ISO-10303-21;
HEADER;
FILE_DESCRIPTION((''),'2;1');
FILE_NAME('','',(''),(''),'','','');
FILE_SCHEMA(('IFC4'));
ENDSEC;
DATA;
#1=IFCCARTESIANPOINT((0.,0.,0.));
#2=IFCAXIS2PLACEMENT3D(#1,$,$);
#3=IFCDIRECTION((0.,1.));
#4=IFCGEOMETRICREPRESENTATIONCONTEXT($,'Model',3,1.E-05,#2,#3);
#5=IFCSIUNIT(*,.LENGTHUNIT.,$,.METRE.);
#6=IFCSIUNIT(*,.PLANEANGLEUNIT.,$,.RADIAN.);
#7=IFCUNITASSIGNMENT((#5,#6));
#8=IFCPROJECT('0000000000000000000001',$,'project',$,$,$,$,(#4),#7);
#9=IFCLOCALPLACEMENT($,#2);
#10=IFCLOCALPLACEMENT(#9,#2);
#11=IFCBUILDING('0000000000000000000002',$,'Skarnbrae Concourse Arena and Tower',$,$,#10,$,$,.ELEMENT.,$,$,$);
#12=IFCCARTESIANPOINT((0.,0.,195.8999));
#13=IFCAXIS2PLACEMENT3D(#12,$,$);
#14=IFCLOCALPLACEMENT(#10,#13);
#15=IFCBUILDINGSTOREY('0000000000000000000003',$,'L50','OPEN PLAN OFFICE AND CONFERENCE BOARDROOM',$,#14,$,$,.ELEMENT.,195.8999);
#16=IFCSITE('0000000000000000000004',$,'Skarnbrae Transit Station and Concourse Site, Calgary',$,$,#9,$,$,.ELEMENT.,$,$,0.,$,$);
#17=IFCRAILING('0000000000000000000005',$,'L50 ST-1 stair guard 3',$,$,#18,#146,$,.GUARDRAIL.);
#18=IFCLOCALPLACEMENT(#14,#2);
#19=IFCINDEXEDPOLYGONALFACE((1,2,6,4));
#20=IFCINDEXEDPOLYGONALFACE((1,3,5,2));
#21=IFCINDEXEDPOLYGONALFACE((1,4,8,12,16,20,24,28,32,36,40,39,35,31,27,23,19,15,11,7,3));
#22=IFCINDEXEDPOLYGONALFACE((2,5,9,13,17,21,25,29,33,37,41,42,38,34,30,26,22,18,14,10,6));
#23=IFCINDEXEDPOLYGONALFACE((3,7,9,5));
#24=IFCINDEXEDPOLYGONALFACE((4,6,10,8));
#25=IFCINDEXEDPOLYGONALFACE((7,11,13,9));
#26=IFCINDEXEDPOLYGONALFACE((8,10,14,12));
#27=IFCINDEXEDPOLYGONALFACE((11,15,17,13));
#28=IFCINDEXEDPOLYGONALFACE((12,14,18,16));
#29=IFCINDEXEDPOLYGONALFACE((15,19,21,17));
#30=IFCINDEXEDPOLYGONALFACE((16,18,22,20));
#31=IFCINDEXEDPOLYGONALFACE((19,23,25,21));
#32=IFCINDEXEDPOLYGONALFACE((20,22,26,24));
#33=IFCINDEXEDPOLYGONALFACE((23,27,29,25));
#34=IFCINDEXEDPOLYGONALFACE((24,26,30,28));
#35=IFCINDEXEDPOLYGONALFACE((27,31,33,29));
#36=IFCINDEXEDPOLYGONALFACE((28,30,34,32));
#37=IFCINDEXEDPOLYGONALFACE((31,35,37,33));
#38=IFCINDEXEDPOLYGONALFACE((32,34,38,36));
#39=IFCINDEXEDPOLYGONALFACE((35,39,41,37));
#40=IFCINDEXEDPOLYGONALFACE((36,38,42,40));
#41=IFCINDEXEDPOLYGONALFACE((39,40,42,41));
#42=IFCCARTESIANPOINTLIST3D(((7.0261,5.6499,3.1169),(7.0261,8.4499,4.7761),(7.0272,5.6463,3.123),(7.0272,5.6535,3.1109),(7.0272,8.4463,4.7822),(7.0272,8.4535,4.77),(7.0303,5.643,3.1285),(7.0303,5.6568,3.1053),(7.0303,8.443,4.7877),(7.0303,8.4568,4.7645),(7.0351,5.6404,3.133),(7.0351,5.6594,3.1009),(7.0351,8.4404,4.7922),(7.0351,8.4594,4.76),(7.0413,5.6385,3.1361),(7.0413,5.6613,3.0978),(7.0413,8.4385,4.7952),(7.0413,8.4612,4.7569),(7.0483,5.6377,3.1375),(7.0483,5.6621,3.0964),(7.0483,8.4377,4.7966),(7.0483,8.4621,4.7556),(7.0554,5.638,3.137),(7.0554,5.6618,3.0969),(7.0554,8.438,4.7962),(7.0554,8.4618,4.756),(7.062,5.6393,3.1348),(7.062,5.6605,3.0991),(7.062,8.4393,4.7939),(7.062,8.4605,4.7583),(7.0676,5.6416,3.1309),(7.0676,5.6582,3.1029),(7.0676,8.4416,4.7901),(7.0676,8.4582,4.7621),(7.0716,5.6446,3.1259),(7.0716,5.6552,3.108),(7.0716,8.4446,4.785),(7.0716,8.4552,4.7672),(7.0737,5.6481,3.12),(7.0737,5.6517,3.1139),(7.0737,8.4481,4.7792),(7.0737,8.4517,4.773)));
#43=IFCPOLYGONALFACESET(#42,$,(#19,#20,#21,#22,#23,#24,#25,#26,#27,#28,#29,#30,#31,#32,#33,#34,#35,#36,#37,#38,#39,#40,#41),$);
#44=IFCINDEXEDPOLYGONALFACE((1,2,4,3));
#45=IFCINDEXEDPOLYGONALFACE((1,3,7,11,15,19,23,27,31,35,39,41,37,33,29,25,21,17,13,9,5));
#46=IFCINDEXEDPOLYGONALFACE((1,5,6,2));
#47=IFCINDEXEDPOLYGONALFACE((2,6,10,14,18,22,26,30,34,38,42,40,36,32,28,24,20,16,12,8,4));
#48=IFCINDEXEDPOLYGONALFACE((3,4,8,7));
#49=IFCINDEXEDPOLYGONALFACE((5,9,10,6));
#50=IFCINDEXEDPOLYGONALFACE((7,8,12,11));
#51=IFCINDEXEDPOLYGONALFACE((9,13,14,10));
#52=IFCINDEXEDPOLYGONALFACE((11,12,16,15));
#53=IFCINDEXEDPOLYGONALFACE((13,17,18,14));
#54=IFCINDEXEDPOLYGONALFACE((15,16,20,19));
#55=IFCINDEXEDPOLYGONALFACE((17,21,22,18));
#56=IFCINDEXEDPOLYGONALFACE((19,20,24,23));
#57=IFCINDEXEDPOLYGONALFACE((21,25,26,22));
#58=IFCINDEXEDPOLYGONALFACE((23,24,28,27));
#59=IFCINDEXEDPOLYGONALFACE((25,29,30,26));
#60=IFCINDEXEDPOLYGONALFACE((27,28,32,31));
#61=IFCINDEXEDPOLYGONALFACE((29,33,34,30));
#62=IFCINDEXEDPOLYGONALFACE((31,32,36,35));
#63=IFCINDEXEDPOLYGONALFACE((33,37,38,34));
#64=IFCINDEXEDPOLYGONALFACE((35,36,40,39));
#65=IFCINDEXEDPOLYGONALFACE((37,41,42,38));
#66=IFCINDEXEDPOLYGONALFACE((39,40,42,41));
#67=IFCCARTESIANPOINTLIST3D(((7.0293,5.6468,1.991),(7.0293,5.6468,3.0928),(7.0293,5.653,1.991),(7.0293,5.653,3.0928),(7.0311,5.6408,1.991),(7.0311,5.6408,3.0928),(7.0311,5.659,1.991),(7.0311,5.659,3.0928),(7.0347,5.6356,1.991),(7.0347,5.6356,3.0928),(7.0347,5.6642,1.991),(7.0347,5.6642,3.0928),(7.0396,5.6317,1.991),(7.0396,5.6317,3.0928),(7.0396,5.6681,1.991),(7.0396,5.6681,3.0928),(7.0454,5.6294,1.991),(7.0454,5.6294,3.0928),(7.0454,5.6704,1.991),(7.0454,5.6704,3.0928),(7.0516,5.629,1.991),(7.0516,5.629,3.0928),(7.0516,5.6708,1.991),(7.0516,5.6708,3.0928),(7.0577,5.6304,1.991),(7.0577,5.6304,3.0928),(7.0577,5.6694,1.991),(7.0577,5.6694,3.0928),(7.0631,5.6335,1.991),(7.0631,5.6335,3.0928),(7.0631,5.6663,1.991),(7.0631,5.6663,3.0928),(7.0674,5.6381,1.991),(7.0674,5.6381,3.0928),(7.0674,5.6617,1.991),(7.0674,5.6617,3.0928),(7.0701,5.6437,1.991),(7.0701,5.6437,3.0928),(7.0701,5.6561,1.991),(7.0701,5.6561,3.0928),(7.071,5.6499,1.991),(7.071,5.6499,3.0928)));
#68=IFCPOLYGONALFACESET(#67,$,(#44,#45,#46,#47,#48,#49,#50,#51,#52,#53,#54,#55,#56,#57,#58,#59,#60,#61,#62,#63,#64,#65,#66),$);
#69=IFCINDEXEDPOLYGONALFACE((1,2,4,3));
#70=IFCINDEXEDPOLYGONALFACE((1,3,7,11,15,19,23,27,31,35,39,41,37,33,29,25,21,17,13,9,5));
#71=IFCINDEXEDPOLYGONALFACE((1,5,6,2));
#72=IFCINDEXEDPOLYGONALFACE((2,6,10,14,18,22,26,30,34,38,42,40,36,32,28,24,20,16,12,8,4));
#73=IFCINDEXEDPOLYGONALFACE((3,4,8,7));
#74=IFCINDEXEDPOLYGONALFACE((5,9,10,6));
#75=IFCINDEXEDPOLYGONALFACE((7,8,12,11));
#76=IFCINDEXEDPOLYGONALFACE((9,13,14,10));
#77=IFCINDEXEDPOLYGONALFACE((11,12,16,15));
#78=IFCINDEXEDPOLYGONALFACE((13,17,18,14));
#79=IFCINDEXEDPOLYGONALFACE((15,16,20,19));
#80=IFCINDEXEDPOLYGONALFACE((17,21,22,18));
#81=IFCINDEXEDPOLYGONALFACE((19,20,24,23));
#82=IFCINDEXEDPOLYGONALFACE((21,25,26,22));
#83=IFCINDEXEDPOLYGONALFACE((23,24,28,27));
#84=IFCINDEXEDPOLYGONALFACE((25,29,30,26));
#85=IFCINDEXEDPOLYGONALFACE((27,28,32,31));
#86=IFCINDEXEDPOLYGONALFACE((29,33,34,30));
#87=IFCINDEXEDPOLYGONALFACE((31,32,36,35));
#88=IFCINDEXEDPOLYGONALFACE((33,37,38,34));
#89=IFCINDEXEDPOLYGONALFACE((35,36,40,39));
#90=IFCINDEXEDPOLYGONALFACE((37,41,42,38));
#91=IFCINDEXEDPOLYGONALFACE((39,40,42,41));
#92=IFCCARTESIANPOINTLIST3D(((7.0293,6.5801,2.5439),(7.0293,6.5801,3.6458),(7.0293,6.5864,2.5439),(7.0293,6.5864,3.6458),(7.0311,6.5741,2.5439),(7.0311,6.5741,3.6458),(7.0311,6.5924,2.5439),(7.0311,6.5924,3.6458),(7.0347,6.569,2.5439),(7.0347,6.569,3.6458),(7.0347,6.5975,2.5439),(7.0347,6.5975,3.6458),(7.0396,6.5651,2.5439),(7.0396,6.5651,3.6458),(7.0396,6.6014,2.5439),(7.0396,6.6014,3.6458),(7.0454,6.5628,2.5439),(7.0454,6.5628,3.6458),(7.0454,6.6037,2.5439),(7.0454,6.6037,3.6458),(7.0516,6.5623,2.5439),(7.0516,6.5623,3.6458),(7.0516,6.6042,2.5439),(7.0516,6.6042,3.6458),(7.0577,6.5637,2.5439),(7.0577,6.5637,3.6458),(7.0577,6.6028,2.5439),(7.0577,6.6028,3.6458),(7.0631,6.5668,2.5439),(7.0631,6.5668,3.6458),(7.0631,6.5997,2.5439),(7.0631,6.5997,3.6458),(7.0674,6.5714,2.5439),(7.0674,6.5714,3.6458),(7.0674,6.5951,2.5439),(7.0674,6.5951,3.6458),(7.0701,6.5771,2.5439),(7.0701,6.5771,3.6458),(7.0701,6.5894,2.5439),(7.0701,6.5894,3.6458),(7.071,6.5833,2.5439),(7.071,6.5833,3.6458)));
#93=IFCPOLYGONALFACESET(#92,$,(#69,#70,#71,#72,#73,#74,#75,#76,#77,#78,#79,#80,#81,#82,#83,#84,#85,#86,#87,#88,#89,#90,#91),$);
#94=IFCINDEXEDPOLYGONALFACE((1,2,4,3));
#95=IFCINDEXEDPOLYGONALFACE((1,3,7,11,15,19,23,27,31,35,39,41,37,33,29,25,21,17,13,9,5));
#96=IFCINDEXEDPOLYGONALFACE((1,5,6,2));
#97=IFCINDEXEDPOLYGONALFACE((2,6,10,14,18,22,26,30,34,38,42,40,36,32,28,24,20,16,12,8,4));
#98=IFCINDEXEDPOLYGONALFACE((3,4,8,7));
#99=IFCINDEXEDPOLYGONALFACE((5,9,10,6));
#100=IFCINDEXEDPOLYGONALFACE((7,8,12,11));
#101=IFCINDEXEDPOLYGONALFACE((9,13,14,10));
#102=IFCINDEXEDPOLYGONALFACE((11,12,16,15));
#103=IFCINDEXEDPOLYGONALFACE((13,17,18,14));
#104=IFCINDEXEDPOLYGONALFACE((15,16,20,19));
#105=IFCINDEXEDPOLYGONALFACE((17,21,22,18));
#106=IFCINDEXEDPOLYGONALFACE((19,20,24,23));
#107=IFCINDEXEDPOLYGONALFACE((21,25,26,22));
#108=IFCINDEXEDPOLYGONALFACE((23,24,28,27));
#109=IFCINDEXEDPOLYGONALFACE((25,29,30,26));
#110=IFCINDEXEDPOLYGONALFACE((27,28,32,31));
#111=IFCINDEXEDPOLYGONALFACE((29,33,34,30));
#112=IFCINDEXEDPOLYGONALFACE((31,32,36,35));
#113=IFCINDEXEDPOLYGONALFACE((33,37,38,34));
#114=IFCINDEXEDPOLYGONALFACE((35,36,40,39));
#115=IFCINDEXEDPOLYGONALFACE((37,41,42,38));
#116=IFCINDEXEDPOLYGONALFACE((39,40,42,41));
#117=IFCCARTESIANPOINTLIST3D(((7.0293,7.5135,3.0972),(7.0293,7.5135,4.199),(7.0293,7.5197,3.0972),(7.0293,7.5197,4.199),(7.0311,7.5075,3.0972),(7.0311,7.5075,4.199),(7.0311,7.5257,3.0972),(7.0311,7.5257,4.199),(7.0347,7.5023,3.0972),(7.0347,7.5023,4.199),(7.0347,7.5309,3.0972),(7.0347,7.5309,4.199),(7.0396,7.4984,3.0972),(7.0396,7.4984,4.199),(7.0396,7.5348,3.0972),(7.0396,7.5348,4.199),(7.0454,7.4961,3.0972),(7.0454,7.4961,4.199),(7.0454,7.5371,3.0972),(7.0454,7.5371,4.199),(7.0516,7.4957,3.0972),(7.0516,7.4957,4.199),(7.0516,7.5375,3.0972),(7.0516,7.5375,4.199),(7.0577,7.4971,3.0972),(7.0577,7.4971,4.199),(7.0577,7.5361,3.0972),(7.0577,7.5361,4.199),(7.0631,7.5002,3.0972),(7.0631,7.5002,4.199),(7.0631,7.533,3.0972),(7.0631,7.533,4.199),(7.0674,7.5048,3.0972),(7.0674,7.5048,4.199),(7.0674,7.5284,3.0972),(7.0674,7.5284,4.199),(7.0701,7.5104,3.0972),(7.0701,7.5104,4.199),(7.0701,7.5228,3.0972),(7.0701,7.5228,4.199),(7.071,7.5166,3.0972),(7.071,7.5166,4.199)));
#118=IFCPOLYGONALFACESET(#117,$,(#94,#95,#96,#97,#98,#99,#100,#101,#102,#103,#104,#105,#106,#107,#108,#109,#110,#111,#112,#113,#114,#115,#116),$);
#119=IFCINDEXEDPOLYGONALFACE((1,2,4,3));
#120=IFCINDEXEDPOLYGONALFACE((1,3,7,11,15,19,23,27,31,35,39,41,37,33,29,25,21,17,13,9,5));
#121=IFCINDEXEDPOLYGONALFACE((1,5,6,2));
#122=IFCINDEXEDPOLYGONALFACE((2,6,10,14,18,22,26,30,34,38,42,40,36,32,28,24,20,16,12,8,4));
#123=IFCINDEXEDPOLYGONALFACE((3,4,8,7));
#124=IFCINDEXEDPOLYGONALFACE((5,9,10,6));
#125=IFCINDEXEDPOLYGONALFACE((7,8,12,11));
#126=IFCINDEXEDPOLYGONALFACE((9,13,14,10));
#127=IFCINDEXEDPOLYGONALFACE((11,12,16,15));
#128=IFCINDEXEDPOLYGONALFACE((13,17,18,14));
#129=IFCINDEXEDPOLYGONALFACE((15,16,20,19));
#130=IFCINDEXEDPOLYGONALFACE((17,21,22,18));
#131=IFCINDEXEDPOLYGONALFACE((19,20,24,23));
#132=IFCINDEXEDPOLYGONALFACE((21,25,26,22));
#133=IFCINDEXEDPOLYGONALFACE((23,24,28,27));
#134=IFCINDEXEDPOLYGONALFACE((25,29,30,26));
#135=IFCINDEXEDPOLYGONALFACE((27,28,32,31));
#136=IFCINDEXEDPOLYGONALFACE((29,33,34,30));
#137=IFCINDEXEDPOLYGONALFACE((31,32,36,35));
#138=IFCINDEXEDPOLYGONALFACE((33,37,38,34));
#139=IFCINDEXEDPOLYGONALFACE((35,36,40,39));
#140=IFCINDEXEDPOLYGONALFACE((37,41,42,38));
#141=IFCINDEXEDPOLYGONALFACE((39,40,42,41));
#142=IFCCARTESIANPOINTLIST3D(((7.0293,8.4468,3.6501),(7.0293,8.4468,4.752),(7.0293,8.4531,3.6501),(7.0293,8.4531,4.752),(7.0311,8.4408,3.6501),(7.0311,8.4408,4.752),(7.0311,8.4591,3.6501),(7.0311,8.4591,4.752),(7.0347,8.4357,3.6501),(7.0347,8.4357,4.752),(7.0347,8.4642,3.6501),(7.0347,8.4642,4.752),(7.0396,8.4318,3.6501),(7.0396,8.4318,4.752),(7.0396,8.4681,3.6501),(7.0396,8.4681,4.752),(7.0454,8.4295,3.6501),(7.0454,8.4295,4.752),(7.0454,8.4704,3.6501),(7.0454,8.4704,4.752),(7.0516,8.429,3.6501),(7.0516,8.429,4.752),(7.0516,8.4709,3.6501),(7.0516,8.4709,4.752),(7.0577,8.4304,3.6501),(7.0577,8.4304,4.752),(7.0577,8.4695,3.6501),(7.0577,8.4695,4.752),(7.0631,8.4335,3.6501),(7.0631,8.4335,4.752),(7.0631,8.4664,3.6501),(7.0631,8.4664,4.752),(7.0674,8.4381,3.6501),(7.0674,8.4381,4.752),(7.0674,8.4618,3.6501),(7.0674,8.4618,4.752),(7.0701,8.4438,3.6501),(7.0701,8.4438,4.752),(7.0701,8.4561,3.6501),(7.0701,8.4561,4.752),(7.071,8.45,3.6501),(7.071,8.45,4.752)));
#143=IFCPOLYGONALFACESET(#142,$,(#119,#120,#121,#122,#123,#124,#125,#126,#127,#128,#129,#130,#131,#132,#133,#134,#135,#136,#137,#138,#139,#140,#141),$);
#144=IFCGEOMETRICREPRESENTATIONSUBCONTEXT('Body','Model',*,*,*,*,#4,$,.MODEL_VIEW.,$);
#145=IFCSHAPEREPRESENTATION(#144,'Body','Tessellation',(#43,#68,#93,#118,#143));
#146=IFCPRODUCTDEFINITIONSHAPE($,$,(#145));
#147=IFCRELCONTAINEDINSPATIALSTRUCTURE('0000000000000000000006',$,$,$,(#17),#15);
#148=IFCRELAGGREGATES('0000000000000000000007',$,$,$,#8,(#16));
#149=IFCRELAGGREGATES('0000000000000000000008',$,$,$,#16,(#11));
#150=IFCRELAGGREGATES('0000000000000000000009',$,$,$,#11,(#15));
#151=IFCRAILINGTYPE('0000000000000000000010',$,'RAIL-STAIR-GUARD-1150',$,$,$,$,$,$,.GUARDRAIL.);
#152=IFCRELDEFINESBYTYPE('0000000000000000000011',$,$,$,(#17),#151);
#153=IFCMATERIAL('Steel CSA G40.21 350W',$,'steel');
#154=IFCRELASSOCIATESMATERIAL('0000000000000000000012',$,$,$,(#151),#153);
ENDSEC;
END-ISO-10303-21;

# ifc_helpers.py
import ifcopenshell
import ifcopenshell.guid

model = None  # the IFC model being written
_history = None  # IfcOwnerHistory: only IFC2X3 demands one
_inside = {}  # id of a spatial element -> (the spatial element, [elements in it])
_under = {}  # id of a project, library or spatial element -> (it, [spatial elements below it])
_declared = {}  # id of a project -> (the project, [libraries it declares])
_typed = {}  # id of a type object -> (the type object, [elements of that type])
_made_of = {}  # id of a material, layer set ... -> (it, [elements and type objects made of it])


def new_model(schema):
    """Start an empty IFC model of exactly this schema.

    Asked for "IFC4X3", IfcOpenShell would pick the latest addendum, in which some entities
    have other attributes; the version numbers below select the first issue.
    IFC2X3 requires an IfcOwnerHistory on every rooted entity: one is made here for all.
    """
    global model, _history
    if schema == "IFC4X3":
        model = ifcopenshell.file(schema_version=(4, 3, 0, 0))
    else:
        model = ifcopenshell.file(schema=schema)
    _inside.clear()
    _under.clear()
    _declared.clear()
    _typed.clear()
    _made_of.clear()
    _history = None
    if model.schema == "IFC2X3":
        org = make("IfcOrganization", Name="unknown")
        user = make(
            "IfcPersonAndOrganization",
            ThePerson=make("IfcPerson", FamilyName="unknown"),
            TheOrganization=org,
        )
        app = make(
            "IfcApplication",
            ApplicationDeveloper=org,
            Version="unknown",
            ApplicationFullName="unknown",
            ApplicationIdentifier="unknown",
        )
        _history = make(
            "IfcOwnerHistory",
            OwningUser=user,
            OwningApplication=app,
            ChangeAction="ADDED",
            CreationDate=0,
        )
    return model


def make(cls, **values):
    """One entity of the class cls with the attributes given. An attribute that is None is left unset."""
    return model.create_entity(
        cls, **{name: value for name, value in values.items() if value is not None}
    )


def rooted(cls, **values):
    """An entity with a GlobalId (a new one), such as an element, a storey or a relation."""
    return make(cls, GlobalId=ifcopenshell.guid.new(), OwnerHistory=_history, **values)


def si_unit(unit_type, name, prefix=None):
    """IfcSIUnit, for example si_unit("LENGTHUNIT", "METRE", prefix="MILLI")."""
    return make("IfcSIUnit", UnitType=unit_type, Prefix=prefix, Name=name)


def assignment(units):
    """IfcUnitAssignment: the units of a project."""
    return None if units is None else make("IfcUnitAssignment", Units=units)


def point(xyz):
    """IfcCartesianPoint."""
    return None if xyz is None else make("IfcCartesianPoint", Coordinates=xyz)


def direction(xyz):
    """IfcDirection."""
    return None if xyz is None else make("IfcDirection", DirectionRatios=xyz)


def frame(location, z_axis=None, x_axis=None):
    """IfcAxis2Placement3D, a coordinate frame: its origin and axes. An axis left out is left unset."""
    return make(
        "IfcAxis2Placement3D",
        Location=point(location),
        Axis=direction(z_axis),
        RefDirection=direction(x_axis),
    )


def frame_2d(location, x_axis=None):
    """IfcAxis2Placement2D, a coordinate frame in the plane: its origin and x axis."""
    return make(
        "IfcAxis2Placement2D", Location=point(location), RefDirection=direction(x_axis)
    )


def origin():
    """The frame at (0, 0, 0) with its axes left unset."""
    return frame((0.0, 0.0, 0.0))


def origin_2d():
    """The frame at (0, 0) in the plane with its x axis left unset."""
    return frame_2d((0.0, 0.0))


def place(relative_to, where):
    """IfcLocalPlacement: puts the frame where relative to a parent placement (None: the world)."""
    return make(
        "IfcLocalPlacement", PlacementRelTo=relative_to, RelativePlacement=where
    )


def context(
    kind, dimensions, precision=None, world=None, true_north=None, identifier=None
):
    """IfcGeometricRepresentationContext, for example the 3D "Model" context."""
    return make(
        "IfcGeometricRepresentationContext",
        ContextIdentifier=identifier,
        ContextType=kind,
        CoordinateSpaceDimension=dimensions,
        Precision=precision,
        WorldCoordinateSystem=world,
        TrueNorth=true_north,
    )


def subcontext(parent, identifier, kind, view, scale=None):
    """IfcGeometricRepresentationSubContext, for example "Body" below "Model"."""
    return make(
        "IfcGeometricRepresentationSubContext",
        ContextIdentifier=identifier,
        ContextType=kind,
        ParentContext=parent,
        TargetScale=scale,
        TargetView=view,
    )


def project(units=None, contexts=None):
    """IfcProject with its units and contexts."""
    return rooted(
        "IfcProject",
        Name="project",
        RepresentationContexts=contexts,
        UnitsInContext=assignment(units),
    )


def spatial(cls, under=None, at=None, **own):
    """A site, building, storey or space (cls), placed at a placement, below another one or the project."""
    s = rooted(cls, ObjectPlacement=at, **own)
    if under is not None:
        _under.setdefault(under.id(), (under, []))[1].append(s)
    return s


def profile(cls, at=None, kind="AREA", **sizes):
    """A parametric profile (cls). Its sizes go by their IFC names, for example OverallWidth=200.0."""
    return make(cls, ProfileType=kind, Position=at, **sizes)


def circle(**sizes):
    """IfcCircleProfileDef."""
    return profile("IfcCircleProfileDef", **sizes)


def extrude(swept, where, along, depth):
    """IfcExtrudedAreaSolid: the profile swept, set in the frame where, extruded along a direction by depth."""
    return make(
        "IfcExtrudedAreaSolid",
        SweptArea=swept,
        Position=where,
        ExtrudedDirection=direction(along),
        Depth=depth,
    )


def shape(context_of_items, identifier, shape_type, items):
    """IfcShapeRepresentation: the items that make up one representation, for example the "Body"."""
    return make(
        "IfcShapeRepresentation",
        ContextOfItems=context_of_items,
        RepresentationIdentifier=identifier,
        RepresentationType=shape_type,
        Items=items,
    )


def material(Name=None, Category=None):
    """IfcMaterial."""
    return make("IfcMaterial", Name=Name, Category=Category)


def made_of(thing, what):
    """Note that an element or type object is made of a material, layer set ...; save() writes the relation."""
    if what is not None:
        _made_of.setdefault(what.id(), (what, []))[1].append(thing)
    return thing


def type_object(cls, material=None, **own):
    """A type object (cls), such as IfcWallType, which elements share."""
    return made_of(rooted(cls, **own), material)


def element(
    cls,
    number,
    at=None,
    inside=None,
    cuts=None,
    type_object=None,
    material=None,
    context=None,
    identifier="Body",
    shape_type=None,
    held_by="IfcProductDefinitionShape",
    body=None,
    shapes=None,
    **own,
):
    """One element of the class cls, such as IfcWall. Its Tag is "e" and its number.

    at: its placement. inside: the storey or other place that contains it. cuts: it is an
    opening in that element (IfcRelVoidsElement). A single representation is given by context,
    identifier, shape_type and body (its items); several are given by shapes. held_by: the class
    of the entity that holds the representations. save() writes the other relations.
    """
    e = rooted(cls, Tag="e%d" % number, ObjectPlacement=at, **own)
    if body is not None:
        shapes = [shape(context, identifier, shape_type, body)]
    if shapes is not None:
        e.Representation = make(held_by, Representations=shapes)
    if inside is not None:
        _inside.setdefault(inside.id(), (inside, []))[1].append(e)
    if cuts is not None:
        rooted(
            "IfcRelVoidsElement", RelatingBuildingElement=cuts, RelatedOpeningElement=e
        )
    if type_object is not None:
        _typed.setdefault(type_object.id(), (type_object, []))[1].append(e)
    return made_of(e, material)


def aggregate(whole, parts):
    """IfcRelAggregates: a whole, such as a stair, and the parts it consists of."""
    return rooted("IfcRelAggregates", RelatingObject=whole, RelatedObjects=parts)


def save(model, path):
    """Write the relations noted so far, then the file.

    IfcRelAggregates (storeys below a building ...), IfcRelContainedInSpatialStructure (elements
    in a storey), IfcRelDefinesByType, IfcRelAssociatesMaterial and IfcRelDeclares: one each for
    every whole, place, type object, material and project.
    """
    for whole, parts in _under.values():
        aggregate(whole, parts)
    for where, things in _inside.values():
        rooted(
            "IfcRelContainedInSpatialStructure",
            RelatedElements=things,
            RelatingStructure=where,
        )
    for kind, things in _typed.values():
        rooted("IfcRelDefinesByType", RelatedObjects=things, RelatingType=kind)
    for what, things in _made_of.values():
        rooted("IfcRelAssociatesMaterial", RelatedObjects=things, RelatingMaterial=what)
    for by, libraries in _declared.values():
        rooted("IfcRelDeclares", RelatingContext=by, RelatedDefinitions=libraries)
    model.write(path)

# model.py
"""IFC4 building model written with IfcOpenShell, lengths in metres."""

from ifc_helpers import new_model, si_unit, direction, frame, origin, origin_2d, place, context, subcontext, project, spatial, circle, extrude, material, type_object, element, save


model = new_model("IFC4")

# Units and contexts
model_context = context("Model", 3, precision=1e-05, world=origin(), true_north=direction((0.0, 1.0)))
body_context = subcontext(model_context, "Body", "Model", "MODEL_VIEW")
ifc_project = project(units=[si_unit("LENGTHUNIT", "METRE"), si_unit("PLANEANGLEUNIT", "RADIAN")], contexts=[model_context])

# Site, building, storey
site_placement = place(None, origin())
site = spatial("IfcSite", under=ifc_project, at=site_placement, Name="Skarnbrae Transit Station and Concourse Site, Calgary", CompositionType="ELEMENT", RefElevation=0.0)
building_placement = place(site_placement, origin())
building = spatial("IfcBuilding", under=site, at=building_placement, Name="Skarnbrae Concourse Arena and Tower", CompositionType="ELEMENT")
storey_placement = place(building_placement, frame((0.0, 0.0, 195.8999)))
storey = spatial("IfcBuildingStorey", under=building, at=storey_placement, Name="L50", Description="OPEN PLAN OFFICE AND CONFERENCE BOARDROOM", CompositionType="ELEMENT", Elevation=195.8999)

# Shared definitions
ifc_material_1 = material(Name="Steel CSA G40.21 350W", Category="steel")

# Railing
railing_type_1 = type_object("IfcRailingType", Name="RAIL-STAIR-GUARD-1150", PredefinedType="GUARDRAIL", material=ifc_material_1)
railing_1_placement = place(storey_placement, frame((7.05, 5.6499, 1.991)))
element("IfcRailing", 1, at=railing_1_placement, inside=storey, type_object=railing_type_1, Name="L50 ST-1 stair guard 3", PredefinedType="GUARDRAIL", context=body_context, shape_type="SweptSolid", body=[
    extrude(circle(Radius=0.0239, at=origin_2d()), frame((0.0, 0.0, 1.126), z_axis=(0.0, 0.860306, 0.509778), x_axis=(-1.0, 0.0, 0.0)), (0.0, 0.0, 1.0), 3.2546),
    extrude(circle(Radius=0.021, at=origin_2d()), origin(), (0.0, 0.0, 1.0), 1.1018),
    extrude(circle(Radius=0.021, at=origin_2d()), frame((0.0, 0.9333, 0.553)), (0.0, 0.0, 1.0), 1.1018),
    extrude(circle(Radius=0.021, at=origin_2d()), frame((0.0, 1.8667, 1.1062)), (0.0, 0.0, 1.0), 1.1018),
    extrude(circle(Radius=0.021, at=origin_2d()), frame((0.0, 2.8, 1.6592)), (0.0, 0.0, 1.0), 1.1018),
])

save(model, "model.ifc")
